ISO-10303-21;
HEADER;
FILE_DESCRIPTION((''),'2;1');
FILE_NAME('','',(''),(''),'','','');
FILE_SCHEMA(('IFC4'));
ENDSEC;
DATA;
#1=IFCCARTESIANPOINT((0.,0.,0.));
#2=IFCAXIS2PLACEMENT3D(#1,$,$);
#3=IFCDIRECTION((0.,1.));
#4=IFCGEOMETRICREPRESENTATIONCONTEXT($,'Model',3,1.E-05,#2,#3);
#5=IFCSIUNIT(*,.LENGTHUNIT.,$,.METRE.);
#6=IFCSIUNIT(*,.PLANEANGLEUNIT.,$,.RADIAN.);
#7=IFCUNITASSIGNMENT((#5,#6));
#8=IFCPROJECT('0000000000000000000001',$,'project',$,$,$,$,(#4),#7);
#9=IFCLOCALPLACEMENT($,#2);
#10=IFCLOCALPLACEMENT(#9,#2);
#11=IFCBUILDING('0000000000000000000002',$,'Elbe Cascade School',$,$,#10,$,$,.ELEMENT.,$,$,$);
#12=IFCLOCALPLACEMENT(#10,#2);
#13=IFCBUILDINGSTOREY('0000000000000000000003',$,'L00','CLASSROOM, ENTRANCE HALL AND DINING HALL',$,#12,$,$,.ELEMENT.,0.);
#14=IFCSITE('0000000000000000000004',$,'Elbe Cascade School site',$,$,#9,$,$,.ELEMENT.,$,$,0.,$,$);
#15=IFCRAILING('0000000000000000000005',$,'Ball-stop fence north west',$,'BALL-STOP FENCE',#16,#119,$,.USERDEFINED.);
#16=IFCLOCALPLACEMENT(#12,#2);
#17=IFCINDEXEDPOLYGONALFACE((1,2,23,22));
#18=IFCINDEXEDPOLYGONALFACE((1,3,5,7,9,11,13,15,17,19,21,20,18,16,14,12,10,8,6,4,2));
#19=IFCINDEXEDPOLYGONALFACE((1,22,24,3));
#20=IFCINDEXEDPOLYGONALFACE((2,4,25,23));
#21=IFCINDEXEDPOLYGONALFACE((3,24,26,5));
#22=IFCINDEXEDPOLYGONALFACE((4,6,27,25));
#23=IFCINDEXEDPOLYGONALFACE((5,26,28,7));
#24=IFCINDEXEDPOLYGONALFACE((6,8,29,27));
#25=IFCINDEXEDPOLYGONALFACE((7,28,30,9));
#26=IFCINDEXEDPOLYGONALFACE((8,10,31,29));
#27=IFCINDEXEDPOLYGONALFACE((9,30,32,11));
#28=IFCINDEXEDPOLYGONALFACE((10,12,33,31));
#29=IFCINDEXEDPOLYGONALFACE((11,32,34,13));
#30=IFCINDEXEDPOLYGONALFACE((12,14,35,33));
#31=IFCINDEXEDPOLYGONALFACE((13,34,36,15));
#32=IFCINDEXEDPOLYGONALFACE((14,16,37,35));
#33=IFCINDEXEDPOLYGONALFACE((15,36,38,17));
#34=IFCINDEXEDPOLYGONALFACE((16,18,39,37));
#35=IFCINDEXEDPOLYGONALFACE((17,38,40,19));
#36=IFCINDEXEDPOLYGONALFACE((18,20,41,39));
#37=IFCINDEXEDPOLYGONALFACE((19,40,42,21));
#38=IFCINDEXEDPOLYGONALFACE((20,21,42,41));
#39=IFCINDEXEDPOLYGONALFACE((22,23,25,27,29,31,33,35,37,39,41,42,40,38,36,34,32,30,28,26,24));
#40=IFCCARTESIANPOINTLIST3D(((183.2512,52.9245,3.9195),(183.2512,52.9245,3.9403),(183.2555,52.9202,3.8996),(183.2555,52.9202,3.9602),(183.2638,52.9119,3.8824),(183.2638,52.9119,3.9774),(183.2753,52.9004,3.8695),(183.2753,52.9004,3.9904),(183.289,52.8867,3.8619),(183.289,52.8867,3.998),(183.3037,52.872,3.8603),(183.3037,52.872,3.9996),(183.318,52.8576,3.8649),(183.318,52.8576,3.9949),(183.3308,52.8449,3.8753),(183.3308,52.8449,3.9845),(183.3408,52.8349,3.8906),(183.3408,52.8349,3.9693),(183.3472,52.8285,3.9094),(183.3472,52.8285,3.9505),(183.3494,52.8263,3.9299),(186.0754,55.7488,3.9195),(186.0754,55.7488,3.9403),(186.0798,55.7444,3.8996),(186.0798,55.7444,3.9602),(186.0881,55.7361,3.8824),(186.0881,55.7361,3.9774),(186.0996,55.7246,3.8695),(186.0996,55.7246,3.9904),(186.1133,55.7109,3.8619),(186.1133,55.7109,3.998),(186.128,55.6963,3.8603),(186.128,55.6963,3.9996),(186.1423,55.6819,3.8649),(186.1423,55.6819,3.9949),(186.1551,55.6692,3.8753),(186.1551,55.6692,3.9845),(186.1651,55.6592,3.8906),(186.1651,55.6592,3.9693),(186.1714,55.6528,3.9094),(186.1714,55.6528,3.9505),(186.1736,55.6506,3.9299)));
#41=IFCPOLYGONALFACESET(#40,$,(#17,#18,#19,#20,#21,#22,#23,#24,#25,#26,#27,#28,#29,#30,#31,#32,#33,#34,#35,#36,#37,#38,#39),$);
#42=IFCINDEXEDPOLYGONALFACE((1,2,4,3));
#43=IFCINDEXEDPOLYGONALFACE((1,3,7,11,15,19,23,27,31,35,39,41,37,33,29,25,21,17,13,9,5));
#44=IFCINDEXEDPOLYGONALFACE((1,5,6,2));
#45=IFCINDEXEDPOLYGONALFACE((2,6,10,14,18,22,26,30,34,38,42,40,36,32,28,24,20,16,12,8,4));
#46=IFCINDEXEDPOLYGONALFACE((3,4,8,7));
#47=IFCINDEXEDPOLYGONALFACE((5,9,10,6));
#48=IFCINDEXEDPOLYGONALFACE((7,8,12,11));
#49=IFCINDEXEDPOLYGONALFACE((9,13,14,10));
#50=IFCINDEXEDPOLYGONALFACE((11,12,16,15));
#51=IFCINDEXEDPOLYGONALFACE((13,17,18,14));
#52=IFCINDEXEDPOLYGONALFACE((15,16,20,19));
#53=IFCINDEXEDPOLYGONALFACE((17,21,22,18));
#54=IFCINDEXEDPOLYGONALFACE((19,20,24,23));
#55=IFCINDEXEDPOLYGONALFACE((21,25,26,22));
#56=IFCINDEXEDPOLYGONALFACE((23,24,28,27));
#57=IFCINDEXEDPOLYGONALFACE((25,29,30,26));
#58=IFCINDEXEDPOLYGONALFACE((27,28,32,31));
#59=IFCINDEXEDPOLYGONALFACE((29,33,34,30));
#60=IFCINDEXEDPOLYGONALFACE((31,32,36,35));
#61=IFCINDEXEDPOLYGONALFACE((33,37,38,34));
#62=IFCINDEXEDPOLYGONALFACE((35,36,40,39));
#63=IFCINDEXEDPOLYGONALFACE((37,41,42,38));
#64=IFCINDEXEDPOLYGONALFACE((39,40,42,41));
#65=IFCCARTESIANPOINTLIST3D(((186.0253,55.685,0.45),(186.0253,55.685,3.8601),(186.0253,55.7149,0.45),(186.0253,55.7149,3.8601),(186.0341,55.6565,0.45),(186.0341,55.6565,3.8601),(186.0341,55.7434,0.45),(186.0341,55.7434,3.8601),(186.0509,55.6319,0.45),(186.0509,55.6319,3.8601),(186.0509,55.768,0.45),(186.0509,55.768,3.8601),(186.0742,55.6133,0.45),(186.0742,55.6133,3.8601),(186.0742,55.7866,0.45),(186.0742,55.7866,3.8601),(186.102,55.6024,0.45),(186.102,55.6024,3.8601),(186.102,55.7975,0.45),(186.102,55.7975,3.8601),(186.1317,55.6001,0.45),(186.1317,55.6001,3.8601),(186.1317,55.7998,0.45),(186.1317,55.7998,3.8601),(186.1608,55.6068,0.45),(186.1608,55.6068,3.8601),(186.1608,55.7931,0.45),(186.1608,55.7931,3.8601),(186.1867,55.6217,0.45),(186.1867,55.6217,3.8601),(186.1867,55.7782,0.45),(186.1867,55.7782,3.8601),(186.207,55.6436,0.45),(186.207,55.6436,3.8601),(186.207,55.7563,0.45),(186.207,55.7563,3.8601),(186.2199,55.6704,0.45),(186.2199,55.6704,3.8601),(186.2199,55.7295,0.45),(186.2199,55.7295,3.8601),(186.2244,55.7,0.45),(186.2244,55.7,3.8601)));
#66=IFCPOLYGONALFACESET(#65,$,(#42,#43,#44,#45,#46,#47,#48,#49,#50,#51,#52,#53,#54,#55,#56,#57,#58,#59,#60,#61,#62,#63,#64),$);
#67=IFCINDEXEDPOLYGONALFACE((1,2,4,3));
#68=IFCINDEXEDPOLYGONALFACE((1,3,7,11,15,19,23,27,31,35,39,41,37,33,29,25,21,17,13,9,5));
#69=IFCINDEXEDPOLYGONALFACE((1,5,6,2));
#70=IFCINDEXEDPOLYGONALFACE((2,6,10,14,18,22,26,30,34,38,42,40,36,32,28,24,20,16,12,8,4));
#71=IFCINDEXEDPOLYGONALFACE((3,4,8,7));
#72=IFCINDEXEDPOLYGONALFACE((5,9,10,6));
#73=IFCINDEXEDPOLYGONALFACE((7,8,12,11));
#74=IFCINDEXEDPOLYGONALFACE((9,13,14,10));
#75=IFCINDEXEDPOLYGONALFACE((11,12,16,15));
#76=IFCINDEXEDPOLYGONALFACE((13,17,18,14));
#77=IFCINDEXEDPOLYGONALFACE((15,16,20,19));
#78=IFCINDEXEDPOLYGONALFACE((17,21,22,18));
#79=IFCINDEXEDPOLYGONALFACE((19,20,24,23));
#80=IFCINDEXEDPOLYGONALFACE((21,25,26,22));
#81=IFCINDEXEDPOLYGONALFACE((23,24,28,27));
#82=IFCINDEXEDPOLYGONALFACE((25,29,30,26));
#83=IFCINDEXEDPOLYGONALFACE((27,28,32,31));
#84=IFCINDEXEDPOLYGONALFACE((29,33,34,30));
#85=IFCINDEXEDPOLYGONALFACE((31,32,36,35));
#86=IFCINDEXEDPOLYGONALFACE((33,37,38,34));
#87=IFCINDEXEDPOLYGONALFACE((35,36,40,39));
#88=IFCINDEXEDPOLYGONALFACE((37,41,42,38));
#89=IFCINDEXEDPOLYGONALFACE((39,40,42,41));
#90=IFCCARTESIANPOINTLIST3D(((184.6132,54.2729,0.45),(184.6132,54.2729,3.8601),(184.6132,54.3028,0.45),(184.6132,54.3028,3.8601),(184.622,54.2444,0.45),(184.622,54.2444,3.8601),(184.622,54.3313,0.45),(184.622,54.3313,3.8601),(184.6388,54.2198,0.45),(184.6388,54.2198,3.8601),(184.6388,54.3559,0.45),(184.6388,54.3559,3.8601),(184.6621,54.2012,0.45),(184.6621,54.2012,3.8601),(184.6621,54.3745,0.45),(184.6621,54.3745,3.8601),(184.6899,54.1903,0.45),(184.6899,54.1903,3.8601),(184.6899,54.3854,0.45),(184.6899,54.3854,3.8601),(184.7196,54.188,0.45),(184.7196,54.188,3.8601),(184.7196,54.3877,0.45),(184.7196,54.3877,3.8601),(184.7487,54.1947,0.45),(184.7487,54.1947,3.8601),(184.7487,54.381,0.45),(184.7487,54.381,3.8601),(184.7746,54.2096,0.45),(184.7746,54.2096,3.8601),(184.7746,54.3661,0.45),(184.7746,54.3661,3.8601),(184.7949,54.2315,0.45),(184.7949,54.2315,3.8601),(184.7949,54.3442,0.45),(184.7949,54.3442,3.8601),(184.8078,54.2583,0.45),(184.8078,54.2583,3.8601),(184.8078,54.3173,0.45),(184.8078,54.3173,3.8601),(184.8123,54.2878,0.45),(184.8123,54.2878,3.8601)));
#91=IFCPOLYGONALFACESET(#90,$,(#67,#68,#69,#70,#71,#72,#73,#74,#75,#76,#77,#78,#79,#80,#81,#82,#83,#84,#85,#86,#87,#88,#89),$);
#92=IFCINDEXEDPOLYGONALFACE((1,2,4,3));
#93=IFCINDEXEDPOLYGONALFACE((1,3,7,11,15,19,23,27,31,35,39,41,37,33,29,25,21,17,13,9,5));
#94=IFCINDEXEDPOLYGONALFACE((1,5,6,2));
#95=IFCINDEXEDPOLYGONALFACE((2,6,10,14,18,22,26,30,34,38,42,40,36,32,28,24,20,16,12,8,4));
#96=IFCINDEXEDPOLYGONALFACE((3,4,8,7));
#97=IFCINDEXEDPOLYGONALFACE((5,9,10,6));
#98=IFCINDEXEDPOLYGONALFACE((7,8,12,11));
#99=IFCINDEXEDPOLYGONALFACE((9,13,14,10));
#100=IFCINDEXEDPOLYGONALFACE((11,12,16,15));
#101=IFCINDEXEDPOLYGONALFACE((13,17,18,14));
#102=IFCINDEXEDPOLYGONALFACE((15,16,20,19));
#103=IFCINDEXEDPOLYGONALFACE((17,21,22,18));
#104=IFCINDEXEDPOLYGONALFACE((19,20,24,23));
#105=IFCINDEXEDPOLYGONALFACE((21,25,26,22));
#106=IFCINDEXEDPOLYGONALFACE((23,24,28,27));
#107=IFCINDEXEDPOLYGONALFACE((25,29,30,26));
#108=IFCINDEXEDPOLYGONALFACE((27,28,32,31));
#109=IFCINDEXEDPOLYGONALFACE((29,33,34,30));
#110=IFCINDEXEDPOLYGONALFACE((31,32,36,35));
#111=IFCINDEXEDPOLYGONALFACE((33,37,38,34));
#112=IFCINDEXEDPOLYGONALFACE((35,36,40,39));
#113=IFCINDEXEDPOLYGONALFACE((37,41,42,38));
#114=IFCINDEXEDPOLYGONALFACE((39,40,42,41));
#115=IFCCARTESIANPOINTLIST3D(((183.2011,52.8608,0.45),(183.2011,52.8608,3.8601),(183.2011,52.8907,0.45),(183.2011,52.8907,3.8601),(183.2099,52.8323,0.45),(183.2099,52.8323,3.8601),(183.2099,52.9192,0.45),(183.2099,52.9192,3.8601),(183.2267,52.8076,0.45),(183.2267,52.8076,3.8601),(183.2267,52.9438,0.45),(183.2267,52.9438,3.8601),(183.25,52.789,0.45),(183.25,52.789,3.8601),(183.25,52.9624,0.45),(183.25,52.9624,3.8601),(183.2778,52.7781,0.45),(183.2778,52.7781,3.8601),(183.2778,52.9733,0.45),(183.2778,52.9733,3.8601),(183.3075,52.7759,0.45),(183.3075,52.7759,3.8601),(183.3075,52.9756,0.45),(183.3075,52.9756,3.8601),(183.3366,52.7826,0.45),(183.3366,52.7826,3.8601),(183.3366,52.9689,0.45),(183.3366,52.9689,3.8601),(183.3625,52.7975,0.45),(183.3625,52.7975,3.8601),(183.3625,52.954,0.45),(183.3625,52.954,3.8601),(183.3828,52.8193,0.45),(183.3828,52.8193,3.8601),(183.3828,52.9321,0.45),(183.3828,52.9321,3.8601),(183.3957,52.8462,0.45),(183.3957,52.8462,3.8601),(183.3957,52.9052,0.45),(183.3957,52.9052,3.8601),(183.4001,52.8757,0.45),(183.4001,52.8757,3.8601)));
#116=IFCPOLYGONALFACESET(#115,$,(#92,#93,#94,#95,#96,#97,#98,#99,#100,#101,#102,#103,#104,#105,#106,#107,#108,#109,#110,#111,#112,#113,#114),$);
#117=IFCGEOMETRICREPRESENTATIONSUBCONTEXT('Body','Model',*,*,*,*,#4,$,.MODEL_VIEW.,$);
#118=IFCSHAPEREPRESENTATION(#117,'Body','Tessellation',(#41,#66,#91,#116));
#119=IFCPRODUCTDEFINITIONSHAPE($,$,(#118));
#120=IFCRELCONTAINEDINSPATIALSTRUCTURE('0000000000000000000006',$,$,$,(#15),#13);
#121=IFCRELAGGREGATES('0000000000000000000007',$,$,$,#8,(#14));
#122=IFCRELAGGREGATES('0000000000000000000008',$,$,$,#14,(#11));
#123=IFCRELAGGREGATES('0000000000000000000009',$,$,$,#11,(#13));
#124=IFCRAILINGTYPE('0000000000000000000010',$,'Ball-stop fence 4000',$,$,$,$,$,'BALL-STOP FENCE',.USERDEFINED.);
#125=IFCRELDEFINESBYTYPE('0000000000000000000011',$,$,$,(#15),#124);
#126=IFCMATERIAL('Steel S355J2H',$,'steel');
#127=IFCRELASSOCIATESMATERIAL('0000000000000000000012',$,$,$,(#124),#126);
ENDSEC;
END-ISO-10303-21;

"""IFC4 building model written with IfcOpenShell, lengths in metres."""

from ifc_helpers import new_model, si_unit, direction, frame, origin, origin_2d, place, context, subcontext, project, spatial, circle, extrude, material, type_object, element, save


model = new_model("IFC4")

# Units and contexts
model_context = context("Model", 3, precision=1e-05, world=origin(), true_north=direction((0.0, 1.0)))
body_context = subcontext(model_context, "Body", "Model", "MODEL_VIEW")
ifc_project = project(units=[si_unit("LENGTHUNIT", "METRE"), si_unit("PLANEANGLEUNIT", "RADIAN")], contexts=[model_context])

# Site, building, storey
site_placement = place(None, origin())
site = spatial("IfcSite", under=ifc_project, at=site_placement, Name="Elbe Cascade School site", CompositionType="ELEMENT", RefElevation=0.0)
building_placement = place(site_placement, origin())
building = spatial("IfcBuilding", under=site, at=building_placement, Name="Elbe Cascade School", CompositionType="ELEMENT")
storey_placement = place(building_placement, origin())
storey = spatial("IfcBuildingStorey", under=building, at=storey_placement, Name="L00", Description="CLASSROOM, ENTRANCE HALL AND DINING HALL", CompositionType="ELEMENT", Elevation=0.0)

# Railing
ifc_material_1 = material(Name="Steel S355J2H", Category="steel")
railing_type = type_object("IfcRailingType", Name="Ball-stop fence 4000", ElementType="BALL-STOP FENCE", PredefinedType="USERDEFINED", material=ifc_material_1)
railing_1_placement = place(storey_placement, frame((186.1243, 55.7, 0.45)))
element("IfcRailing", 1, at=railing_1_placement, inside=storey, type_object=railing_type, Name="Ball-stop fence north west", ObjectType="BALL-STOP FENCE", PredefinedType="USERDEFINED", context=body_context, shape_type="SweptSolid", body=[
    extrude(circle(Radius=0.0698, at=origin_2d()), frame((0.0, 0.0, 3.48), z_axis=(-0.707107, -0.707107, 0.0), x_axis=(0.707107, -0.707107, 0.0)), (0.0, 0.0, 1.0), 3.9941),
    extrude(circle(Radius=0.1001, at=origin_2d()), origin(), (0.0, 0.0, 1.0), 3.4102),
    extrude(circle(Radius=0.1001, at=origin_2d()), frame((-1.4121, -1.4121, 0.0)), (0.0, 0.0, 1.0), 3.4102),
    extrude(circle(Radius=0.1001, at=origin_2d()), frame((-2.8242, -2.8242, 0.0)), (0.0, 0.0, 1.0), 3.4102),
])

save(model, "model.ifc")
